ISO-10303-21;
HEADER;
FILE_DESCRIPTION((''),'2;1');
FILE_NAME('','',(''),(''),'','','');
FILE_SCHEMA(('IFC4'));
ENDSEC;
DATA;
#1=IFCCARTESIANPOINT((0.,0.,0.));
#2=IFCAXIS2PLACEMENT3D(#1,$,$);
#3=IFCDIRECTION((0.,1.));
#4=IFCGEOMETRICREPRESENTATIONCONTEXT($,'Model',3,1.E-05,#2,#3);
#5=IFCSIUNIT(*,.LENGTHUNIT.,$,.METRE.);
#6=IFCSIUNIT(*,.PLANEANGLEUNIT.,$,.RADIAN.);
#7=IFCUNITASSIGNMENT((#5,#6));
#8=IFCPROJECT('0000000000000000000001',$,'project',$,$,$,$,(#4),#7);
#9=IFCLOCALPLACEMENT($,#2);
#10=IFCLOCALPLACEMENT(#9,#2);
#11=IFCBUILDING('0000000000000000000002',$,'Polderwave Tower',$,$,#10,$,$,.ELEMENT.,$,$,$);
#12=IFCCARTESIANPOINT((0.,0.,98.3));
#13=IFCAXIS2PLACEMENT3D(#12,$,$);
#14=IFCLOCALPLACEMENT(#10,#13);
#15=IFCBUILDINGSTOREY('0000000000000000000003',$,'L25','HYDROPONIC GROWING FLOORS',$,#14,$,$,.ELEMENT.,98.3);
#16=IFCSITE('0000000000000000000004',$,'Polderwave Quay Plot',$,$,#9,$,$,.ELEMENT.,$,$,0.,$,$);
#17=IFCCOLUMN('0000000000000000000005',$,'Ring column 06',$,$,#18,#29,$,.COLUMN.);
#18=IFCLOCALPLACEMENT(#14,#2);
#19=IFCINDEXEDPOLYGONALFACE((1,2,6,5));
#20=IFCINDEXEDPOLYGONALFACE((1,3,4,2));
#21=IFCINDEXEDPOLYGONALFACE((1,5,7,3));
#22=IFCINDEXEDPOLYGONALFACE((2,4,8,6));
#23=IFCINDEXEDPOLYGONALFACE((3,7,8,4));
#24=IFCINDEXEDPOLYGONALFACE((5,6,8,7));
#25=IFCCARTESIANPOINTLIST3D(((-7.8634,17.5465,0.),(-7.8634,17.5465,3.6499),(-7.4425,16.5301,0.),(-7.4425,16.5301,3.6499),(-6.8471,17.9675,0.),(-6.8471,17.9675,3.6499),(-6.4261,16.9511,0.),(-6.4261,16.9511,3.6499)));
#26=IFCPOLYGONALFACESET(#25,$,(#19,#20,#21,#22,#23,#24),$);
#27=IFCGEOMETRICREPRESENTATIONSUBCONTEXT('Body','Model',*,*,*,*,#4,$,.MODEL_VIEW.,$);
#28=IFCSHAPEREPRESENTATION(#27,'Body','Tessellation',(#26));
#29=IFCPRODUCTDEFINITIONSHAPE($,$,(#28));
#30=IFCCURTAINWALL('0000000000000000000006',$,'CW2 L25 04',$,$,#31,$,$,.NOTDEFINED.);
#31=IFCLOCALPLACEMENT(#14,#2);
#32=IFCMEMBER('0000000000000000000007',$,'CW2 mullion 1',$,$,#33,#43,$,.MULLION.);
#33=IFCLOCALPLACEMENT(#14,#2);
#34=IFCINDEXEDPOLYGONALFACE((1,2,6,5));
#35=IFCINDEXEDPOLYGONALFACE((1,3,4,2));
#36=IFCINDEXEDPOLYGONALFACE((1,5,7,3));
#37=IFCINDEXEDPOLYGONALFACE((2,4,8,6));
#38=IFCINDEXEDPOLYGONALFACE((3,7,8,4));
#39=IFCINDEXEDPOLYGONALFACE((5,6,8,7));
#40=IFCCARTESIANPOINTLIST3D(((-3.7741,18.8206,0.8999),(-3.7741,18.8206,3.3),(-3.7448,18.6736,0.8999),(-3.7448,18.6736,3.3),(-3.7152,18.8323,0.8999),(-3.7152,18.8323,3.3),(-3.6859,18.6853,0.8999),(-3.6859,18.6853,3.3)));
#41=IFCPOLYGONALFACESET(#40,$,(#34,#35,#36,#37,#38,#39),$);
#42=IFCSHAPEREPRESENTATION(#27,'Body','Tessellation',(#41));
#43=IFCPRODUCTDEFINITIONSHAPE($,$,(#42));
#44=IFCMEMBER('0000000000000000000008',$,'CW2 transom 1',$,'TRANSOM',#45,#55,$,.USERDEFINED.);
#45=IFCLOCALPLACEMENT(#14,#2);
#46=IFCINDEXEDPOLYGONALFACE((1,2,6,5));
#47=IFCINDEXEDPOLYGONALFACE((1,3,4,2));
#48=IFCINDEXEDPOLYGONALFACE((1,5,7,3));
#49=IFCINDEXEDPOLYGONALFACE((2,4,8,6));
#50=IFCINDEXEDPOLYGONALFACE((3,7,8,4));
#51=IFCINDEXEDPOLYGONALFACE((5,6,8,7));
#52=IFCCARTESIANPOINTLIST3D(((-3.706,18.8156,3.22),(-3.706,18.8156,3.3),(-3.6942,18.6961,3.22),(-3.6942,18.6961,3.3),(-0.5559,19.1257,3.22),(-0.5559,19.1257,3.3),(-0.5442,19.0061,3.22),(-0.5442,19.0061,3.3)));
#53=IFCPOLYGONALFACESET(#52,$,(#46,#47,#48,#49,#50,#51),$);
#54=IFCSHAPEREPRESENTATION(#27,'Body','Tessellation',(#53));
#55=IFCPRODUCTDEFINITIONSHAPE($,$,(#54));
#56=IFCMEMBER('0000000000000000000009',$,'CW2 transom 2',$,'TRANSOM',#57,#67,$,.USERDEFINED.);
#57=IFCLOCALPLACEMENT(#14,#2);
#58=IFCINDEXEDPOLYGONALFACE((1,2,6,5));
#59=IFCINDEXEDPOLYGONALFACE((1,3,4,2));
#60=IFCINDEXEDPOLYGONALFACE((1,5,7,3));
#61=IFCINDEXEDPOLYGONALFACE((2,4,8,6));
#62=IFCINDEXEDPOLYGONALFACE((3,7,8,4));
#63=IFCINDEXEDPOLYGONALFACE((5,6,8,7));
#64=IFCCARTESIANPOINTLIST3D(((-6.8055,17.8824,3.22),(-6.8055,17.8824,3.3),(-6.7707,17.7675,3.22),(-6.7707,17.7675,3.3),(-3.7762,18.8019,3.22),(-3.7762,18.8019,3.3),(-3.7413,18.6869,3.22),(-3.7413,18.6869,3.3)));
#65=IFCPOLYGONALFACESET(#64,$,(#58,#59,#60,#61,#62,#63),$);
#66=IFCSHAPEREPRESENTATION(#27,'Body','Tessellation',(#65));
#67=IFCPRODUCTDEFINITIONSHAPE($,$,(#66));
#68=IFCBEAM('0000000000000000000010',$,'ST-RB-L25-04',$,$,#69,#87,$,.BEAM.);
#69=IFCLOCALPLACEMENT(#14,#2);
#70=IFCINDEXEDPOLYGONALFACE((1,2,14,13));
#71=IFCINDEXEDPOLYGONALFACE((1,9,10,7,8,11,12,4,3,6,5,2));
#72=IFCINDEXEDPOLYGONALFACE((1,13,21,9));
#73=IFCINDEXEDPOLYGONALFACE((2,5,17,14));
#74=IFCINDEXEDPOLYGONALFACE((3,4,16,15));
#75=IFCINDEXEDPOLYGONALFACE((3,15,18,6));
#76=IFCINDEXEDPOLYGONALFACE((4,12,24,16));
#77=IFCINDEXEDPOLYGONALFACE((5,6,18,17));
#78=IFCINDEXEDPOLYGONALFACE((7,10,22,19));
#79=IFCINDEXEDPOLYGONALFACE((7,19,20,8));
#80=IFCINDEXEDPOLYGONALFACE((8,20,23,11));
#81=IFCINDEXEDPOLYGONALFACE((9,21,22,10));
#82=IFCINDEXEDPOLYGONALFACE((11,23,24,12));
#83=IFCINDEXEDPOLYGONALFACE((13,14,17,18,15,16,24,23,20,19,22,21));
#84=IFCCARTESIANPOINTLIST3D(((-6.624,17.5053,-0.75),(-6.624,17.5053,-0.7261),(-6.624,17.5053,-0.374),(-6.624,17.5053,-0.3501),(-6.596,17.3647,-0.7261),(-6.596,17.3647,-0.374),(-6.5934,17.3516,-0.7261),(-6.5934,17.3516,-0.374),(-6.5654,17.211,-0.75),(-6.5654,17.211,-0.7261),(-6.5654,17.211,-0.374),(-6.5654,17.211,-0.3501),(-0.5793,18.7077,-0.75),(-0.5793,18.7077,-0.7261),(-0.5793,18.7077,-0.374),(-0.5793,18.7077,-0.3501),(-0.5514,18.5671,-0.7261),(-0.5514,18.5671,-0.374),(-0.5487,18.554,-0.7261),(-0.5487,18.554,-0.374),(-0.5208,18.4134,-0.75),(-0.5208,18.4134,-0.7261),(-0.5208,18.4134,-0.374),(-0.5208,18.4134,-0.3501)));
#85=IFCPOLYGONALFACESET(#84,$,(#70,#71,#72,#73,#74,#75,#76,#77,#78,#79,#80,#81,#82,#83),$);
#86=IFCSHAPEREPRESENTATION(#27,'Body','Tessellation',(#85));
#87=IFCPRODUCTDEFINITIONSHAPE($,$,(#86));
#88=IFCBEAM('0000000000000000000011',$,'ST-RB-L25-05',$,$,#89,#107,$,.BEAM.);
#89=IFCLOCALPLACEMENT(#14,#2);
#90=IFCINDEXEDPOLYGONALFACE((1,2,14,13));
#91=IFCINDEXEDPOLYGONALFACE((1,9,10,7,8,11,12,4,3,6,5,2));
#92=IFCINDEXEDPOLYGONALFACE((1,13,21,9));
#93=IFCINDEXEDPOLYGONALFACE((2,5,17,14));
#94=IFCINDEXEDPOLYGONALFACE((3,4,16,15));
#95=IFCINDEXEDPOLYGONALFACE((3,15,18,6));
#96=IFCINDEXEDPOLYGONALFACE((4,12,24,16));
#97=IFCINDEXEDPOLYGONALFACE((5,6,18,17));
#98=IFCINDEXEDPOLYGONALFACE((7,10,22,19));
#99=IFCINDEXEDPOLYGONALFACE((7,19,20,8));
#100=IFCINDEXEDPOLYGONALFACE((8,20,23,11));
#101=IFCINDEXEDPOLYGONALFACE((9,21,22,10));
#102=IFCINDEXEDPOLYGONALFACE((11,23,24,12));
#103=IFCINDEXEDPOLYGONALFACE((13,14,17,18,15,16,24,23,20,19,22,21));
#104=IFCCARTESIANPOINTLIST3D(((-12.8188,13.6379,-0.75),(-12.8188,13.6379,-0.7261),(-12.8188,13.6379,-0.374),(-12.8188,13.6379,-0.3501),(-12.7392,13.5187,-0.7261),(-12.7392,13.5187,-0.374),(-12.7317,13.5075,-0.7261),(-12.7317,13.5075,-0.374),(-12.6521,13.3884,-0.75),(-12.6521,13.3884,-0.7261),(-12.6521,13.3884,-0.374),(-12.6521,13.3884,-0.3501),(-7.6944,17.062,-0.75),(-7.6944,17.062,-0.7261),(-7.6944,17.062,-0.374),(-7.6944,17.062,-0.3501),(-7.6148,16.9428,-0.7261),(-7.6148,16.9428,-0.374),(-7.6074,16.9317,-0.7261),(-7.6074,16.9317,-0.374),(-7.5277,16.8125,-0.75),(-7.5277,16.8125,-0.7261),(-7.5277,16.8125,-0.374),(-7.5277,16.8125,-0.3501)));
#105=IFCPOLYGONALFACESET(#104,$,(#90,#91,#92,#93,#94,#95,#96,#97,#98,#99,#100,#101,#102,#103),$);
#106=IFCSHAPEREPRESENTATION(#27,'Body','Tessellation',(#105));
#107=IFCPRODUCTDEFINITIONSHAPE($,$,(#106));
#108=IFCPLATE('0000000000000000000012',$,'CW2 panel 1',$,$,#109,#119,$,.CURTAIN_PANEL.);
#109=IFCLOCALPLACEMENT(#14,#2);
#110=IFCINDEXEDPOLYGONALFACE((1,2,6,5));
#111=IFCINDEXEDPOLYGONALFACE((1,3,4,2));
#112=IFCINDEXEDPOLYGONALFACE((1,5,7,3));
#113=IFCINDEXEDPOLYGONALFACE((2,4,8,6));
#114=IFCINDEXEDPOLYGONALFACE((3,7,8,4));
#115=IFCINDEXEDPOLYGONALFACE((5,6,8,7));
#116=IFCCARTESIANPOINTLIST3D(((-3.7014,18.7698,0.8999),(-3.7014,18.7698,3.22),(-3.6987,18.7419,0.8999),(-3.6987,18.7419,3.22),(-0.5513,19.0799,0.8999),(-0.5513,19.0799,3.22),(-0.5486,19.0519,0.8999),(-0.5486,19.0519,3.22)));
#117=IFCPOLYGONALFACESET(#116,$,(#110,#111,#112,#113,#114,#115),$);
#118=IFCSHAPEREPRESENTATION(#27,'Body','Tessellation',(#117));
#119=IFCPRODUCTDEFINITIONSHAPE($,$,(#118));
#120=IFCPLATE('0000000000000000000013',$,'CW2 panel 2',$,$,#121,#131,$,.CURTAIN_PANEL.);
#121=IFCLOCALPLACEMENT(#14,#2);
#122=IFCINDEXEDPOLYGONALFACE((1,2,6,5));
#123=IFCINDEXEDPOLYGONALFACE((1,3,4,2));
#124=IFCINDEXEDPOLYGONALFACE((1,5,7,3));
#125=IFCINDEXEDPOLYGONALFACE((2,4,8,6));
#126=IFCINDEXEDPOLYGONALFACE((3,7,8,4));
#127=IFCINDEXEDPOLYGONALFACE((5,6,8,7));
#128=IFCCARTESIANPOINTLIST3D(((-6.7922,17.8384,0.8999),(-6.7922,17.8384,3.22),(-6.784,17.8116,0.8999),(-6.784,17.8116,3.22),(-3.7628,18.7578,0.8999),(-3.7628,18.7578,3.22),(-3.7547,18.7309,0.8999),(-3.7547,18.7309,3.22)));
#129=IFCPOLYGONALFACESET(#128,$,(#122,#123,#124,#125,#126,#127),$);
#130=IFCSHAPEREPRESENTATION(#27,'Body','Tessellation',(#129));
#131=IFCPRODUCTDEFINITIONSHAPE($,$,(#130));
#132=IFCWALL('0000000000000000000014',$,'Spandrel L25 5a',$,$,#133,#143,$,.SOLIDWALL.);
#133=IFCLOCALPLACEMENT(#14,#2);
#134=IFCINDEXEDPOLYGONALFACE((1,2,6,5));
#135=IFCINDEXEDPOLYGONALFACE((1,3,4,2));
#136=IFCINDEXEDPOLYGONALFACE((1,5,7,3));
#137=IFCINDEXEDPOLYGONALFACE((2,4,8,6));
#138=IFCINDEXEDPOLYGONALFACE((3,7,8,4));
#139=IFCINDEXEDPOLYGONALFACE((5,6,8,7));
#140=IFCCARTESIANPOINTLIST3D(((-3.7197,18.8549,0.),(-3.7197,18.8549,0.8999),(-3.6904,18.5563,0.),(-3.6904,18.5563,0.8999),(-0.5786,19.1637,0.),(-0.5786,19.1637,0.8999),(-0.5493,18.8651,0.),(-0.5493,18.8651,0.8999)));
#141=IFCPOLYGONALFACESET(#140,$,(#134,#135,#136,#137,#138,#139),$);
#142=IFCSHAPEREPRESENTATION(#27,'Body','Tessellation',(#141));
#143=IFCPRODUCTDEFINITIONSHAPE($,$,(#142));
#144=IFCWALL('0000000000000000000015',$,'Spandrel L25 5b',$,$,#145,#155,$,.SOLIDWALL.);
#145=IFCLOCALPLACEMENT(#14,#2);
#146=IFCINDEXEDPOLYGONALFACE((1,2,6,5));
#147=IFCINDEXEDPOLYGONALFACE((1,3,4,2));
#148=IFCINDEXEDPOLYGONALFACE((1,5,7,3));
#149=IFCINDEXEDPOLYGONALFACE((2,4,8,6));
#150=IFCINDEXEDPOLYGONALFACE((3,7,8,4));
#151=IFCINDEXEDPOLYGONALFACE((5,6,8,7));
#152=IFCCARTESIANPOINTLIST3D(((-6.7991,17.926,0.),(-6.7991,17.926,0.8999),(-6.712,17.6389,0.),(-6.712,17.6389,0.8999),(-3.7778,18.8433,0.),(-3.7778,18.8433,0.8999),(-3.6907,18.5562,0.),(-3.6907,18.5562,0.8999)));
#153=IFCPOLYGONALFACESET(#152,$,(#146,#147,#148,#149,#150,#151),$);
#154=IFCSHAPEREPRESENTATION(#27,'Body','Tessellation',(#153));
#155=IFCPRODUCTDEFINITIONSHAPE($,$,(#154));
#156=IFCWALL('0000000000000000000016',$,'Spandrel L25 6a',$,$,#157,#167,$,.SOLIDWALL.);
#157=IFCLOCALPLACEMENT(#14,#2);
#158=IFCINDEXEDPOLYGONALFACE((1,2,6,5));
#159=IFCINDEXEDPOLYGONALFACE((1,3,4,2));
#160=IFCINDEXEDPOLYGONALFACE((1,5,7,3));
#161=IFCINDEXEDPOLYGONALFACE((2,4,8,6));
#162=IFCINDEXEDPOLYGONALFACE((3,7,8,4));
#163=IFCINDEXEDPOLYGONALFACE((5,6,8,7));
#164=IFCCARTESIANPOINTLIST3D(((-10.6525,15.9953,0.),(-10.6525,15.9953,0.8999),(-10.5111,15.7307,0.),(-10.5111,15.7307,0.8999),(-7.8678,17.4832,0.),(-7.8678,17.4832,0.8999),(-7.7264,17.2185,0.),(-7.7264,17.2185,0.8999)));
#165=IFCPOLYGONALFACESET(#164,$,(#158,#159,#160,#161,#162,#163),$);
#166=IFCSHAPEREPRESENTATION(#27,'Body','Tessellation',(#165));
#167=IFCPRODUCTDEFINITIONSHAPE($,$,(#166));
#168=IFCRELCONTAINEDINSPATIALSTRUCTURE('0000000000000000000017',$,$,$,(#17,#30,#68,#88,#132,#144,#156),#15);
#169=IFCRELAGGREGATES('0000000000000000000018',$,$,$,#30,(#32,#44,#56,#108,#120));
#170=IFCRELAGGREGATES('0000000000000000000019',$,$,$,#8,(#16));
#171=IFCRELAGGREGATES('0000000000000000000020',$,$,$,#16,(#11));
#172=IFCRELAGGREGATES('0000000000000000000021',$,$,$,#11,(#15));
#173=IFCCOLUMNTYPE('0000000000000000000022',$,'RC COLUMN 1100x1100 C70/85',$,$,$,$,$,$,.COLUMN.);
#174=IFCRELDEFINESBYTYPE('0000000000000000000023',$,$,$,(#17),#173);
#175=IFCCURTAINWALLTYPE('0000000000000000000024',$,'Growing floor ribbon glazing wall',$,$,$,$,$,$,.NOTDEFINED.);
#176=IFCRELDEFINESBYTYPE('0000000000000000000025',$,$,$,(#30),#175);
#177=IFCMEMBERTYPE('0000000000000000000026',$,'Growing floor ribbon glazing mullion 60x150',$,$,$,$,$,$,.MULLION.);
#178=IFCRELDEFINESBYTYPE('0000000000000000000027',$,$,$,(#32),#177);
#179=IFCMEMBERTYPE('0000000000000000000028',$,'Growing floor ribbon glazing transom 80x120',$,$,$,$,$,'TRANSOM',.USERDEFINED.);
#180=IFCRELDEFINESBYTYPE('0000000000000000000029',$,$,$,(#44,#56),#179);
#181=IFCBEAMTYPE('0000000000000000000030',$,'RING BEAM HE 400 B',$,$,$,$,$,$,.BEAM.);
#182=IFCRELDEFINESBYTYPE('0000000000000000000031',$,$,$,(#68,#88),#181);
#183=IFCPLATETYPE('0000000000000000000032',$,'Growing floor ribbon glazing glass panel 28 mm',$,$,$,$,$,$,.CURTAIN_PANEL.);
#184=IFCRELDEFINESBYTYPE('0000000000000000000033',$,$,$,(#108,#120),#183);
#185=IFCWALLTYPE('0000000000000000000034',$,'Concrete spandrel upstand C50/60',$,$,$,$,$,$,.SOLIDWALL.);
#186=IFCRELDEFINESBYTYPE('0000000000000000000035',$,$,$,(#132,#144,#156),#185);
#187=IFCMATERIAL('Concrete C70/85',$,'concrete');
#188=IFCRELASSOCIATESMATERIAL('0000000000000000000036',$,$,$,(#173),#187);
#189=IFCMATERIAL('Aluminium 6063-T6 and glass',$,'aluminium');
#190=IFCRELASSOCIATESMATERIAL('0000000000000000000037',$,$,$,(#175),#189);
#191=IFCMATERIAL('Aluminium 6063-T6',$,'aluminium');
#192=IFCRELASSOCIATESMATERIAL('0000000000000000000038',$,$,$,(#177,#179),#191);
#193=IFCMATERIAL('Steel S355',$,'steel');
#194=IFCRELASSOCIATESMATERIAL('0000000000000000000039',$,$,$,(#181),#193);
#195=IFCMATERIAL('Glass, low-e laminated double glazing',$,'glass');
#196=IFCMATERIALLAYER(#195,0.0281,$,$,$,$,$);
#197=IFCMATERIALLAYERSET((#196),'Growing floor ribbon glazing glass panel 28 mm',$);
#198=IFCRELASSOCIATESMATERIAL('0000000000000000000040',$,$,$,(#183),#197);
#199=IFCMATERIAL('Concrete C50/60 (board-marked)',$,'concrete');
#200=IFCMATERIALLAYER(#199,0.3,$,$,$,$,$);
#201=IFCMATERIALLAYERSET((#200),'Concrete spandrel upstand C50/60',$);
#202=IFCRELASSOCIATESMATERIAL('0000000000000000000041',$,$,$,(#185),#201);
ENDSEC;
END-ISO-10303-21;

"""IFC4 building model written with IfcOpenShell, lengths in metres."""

from ifc_helpers import new_model, si_unit, direction, frame, frame_2d, origin, origin_2d, place, context, subcontext, project, spatial, rectangle, i_section, extrude, material, layer, layer_set, material_profile, profile_set, type_object, element, aggregate, save


model = new_model("IFC4")

# Units and contexts
model_context = context("Model", 3, precision=1e-05, world=origin(), true_north=direction((0.0, 1.0)))
body_context = subcontext(model_context, "Body", "Model", "MODEL_VIEW")
ifc_project = project(units=[si_unit("LENGTHUNIT", "METRE"), si_unit("PLANEANGLEUNIT", "RADIAN")], contexts=[model_context])

# Site, building, storey
site_placement = place(None, origin())
site = spatial("IfcSite", under=ifc_project, at=site_placement, Name="Polderwave Quay Plot", CompositionType="ELEMENT", RefElevation=0.0)
building_placement = place(site_placement, origin())
building = spatial("IfcBuilding", under=site, at=building_placement, Name="Polderwave Tower", CompositionType="ELEMENT")
storey_placement = place(building_placement, frame((0.0, 0.0, 98.3)))
storey = spatial("IfcBuildingStorey", under=building, at=storey_placement, Name="L25", Description="HYDROPONIC GROWING FLOORS", CompositionType="ELEMENT", Elevation=98.3)

# Column
ifc_material_1 = material(Name="Concrete C70/85", Category="concrete")
ifc_material_profile_1 = material_profile(ifc_material_1, rectangle(XDim=1.1001, YDim=1.1001, at=origin_2d()), Name="RC 1100x1100")
ifc_profile_set_1 = profile_set([ifc_material_profile_1], Name="Concrete C70/85")
column_type = type_object("IfcColumnType", Name="RC COLUMN 1100x1100 C70/85", PredefinedType="COLUMN", material=ifc_profile_set_1)
column_placement = place(storey_placement, frame((-7.1448, 17.2488, 0.0), z_axis=(0.0, 0.0, 1.0), x_axis=(-0.382683, 0.92388, 0.0)))
element("IfcColumn", 1, at=column_placement, inside=storey, type_object=column_type, Name="Ring column 06", PredefinedType="COLUMN", context=body_context, shape_type="SweptSolid", body=[
    extrude(rectangle(XDim=1.1001, YDim=1.1001, at=origin_2d()), origin(), (0.0, 0.0, 1.0), 3.6499),
])

# Curtain wall, members
ifc_material_2 = material(Name="Aluminium 6063-T6 and glass", Category="aluminium")
curtain_wall_type = type_object("IfcCurtainWallType", Name="Growing floor ribbon glazing wall", PredefinedType="NOTDEFINED", material=ifc_material_2)
curtain_wall_placement = place(storey_placement, origin())
curtain_wall = element("IfcCurtainWall", 2, at=curtain_wall_placement, inside=storey, type_object=curtain_wall_type, Name="CW2 L25 04", PredefinedType="NOTDEFINED")
ifc_material_3 = material(Name="Aluminium 6063-T6", Category="aluminium")
ifc_material_profile_2 = material_profile(ifc_material_3, rectangle(XDim=0.1499, YDim=0.0601, at=origin_2d()), Name="AL 60x150")
ifc_profile_set_2 = profile_set([ifc_material_profile_2], Name="Aluminium 6063-T6")
member_type_1 = type_object("IfcMemberType", Name="Growing floor ribbon glazing mullion 60x150", PredefinedType="MULLION", material=ifc_profile_set_2)
member_1_placement = place(storey_placement, frame((-3.73, 18.7529, 0.8999), z_axis=(0.0, 0.0, 1.0), x_axis=(0.195113, -0.980781, 0.0)))
member_1 = element("IfcMember", 3, at=member_1_placement, type_object=member_type_1, Name="CW2 mullion 1", PredefinedType="MULLION", context=body_context, shape_type="SweptSolid", body=[
    extrude(rectangle(XDim=0.1499, YDim=0.0601, at=origin_2d()), origin(), (0.0, 0.0, 1.0), 2.4001),
])
ifc_material_profile_3 = material_profile(ifc_material_3, rectangle(XDim=0.1201, YDim=0.0801, at=origin_2d()), Name="AL 80x120")
ifc_profile_set_3 = profile_set([ifc_material_profile_3], Name="Aluminium 6063-T6")
member_type_2 = type_object("IfcMemberType", Name="Growing floor ribbon glazing transom 80x120", ElementType="TRANSOM", PredefinedType="USERDEFINED", material=ifc_profile_set_3)
member_2_placement = place(storey_placement, frame((-0.55, 19.0659, 3.26), z_axis=(-0.995191, -0.097953, 0.0), x_axis=(0.097953, -0.995191, 0.0)))
member_2 = element("IfcMember", 4, at=member_2_placement, type_object=member_type_2, Name="CW2 transom 1", ObjectType="TRANSOM", PredefinedType="USERDEFINED", context=body_context, shape_type="SweptSolid", body=[
    extrude(rectangle(XDim=0.1201, YDim=0.0801, at=origin_2d()), origin(), (0.0, 0.0, 1.0), 3.1653),
])
member_3_placement = place(storey_placement, frame((-3.7588, 18.7444, 3.26), z_axis=(-0.956896, -0.290431, 0.0), x_axis=(0.290431, -0.956896, 0.0)))
member_3 = element("IfcMember", 5, at=member_3_placement, type_object=member_type_2, Name="CW2 transom 2", ObjectType="TRANSOM", PredefinedType="USERDEFINED", context=body_context, shape_type="SweptSolid", body=[
    extrude(rectangle(XDim=0.1201, YDim=0.0801, at=origin_2d()), origin(), (0.0, 0.0, 1.0), 3.1658),
])

# Beams
ifc_material_4 = material(Name="Steel S355", Category="steel")
ifc_material_profile_4 = material_profile(ifc_material_4, i_section(OverallWidth=0.3, OverallDepth=0.3999, WebThickness=0.0134, FlangeThickness=0.0239, at=origin_2d()), Name="HE 400 B")
ifc_profile_set_4 = profile_set([ifc_material_profile_4], Name="Steel S355")
beam_type = type_object("IfcBeamType", Name="RING BEAM HE 400 B", PredefinedType="BEAM", material=ifc_profile_set_4)
for number, where, z_axis, x_axis, name in (
    (6, (-0.55, 18.5605, -0.55), (-0.980784, -0.195095, 0.0), (0.195095, -0.980784, 0.0), "ST-RB-L25-04"),
    (7, (-7.6111, 16.9373, -0.55), (-0.831459, -0.555587, 0.0), (0.555587, -0.831459, 0.0), "ST-RB-L25-05"),
):
    element("IfcBeam", number, at=place(storey_placement, frame(where, z_axis=z_axis, x_axis=x_axis)), inside=storey, type_object=beam_type, Name=name, PredefinedType="BEAM", context=body_context, shape_type="SweptSolid", body=[
        extrude(i_section(OverallWidth=0.3, OverallDepth=0.3999, WebThickness=0.0134, FlangeThickness=0.0239, at=origin_2d()), origin(), (0.0, 0.0, 1.0), 6.1631),
    ])

# Plates
ifc_material_5 = material(Name="Glass, low-e laminated double glazing", Category="glass")
ifc_layer_1 = layer(ifc_material_5, 0.0281)
ifc_layer_set_1 = layer_set([ifc_layer_1], Name="Growing floor ribbon glazing glass panel 28 mm")
plate_type = type_object("IfcPlateType", Name="Growing floor ribbon glazing glass panel 28 mm", PredefinedType="CURTAIN_PANEL", material=ifc_layer_set_1)
plate_1_placement = place(storey_placement, frame((-2.125, 18.9109, 0.8999), z_axis=(0.0, 0.0, 1.0), x_axis=(-0.995191, -0.097955, 0.0)))
plate_1 = element("IfcPlate", 8, at=plate_1_placement, type_object=plate_type, Name="CW2 panel 1", PredefinedType="CURTAIN_PANEL", context=body_context, shape_type="SweptSolid", body=[
    extrude(rectangle(XDim=3.1653, YDim=0.0281, at=origin_2d()), origin(), (0.0, 0.0, 1.0), 2.3201),
])
plate_2_placement = place(storey_placement, frame((-5.2734, 18.2847, 0.8999), z_axis=(0.0, 0.0, 1.0), x_axis=(-0.956908, -0.29039, 0.0)))
plate_2 = element("IfcPlate", 9, at=plate_2_placement, type_object=plate_type, Name="CW2 panel 2", PredefinedType="CURTAIN_PANEL", context=body_context, shape_type="SweptSolid", body=[
    extrude(rectangle(XDim=3.1658, YDim=0.0281, at=origin_2d()), origin(), (0.0, 0.0, 1.0), 2.3201),
])
aggregate(curtain_wall, [member_1, member_2, member_3, plate_1, plate_2])

# Walls
ifc_material_6 = material(Name="Concrete C50/60 (board-marked)", Category="concrete")
ifc_layer_2 = layer(ifc_material_6, 0.3)
ifc_layer_set_2 = layer_set([ifc_layer_2], Name="Concrete spandrel upstand C50/60")
wall_type_1 = type_object("IfcWallType", Name="Concrete spandrel upstand C50/60", PredefinedType="SOLIDWALL", material=ifc_layer_set_2)
wall_1_placement = place(storey_placement, frame((-0.564, 19.0144, 0.0), z_axis=(0.0, 0.0, 1.0), x_axis=(-0.995201, -0.097849, 0.0)))
element("IfcWall", 10, at=wall_1_placement, inside=storey, type_object=wall_type_1, Name="Spandrel L25 5a", PredefinedType="SOLIDWALL", context=body_context, shape_type="SweptSolid", body=[
    extrude(rectangle(XDim=3.1562, YDim=0.3, at=frame_2d((1.5781, 0.0))), origin(), (0.0, 0.0, 1.0), 0.8999),
])
wall_2_placement = place(storey_placement, frame((-3.7344, 18.6997, 0.0), z_axis=(0.0, 0.0, 1.0), x_axis=(-0.956874, -0.290503, 0.0)))
element("IfcWall", 11, at=wall_2_placement, inside=storey, type_object=wall_type_1, Name="Spandrel L25 5b", PredefinedType="SOLIDWALL", context=body_context, shape_type="SweptSolid", body=[
    extrude(rectangle(XDim=3.1575, YDim=0.3, at=frame_2d((1.5786, 0.0))), origin(), (0.0, 0.0, 1.0), 0.8999),
])
wall_3_placement = place(storey_placement, frame((-7.7971, 17.3508, 0.0), z_axis=(0.0, 0.0, 1.0), x_axis=(-0.882006, -0.471238, 0.0)))
element("IfcWall", 12, at=wall_3_placement, inside=storey, type_object=wall_type_1, Name="Spandrel L25 6a", PredefinedType="SOLIDWALL", context=body_context, shape_type="SweptSolid", body=[
    extrude(rectangle(XDim=3.1572, YDim=0.3, at=frame_2d((1.5786, 0.0))), origin(), (0.0, 0.0, 1.0), 0.8999),
])

save(model, "model.ifc")
